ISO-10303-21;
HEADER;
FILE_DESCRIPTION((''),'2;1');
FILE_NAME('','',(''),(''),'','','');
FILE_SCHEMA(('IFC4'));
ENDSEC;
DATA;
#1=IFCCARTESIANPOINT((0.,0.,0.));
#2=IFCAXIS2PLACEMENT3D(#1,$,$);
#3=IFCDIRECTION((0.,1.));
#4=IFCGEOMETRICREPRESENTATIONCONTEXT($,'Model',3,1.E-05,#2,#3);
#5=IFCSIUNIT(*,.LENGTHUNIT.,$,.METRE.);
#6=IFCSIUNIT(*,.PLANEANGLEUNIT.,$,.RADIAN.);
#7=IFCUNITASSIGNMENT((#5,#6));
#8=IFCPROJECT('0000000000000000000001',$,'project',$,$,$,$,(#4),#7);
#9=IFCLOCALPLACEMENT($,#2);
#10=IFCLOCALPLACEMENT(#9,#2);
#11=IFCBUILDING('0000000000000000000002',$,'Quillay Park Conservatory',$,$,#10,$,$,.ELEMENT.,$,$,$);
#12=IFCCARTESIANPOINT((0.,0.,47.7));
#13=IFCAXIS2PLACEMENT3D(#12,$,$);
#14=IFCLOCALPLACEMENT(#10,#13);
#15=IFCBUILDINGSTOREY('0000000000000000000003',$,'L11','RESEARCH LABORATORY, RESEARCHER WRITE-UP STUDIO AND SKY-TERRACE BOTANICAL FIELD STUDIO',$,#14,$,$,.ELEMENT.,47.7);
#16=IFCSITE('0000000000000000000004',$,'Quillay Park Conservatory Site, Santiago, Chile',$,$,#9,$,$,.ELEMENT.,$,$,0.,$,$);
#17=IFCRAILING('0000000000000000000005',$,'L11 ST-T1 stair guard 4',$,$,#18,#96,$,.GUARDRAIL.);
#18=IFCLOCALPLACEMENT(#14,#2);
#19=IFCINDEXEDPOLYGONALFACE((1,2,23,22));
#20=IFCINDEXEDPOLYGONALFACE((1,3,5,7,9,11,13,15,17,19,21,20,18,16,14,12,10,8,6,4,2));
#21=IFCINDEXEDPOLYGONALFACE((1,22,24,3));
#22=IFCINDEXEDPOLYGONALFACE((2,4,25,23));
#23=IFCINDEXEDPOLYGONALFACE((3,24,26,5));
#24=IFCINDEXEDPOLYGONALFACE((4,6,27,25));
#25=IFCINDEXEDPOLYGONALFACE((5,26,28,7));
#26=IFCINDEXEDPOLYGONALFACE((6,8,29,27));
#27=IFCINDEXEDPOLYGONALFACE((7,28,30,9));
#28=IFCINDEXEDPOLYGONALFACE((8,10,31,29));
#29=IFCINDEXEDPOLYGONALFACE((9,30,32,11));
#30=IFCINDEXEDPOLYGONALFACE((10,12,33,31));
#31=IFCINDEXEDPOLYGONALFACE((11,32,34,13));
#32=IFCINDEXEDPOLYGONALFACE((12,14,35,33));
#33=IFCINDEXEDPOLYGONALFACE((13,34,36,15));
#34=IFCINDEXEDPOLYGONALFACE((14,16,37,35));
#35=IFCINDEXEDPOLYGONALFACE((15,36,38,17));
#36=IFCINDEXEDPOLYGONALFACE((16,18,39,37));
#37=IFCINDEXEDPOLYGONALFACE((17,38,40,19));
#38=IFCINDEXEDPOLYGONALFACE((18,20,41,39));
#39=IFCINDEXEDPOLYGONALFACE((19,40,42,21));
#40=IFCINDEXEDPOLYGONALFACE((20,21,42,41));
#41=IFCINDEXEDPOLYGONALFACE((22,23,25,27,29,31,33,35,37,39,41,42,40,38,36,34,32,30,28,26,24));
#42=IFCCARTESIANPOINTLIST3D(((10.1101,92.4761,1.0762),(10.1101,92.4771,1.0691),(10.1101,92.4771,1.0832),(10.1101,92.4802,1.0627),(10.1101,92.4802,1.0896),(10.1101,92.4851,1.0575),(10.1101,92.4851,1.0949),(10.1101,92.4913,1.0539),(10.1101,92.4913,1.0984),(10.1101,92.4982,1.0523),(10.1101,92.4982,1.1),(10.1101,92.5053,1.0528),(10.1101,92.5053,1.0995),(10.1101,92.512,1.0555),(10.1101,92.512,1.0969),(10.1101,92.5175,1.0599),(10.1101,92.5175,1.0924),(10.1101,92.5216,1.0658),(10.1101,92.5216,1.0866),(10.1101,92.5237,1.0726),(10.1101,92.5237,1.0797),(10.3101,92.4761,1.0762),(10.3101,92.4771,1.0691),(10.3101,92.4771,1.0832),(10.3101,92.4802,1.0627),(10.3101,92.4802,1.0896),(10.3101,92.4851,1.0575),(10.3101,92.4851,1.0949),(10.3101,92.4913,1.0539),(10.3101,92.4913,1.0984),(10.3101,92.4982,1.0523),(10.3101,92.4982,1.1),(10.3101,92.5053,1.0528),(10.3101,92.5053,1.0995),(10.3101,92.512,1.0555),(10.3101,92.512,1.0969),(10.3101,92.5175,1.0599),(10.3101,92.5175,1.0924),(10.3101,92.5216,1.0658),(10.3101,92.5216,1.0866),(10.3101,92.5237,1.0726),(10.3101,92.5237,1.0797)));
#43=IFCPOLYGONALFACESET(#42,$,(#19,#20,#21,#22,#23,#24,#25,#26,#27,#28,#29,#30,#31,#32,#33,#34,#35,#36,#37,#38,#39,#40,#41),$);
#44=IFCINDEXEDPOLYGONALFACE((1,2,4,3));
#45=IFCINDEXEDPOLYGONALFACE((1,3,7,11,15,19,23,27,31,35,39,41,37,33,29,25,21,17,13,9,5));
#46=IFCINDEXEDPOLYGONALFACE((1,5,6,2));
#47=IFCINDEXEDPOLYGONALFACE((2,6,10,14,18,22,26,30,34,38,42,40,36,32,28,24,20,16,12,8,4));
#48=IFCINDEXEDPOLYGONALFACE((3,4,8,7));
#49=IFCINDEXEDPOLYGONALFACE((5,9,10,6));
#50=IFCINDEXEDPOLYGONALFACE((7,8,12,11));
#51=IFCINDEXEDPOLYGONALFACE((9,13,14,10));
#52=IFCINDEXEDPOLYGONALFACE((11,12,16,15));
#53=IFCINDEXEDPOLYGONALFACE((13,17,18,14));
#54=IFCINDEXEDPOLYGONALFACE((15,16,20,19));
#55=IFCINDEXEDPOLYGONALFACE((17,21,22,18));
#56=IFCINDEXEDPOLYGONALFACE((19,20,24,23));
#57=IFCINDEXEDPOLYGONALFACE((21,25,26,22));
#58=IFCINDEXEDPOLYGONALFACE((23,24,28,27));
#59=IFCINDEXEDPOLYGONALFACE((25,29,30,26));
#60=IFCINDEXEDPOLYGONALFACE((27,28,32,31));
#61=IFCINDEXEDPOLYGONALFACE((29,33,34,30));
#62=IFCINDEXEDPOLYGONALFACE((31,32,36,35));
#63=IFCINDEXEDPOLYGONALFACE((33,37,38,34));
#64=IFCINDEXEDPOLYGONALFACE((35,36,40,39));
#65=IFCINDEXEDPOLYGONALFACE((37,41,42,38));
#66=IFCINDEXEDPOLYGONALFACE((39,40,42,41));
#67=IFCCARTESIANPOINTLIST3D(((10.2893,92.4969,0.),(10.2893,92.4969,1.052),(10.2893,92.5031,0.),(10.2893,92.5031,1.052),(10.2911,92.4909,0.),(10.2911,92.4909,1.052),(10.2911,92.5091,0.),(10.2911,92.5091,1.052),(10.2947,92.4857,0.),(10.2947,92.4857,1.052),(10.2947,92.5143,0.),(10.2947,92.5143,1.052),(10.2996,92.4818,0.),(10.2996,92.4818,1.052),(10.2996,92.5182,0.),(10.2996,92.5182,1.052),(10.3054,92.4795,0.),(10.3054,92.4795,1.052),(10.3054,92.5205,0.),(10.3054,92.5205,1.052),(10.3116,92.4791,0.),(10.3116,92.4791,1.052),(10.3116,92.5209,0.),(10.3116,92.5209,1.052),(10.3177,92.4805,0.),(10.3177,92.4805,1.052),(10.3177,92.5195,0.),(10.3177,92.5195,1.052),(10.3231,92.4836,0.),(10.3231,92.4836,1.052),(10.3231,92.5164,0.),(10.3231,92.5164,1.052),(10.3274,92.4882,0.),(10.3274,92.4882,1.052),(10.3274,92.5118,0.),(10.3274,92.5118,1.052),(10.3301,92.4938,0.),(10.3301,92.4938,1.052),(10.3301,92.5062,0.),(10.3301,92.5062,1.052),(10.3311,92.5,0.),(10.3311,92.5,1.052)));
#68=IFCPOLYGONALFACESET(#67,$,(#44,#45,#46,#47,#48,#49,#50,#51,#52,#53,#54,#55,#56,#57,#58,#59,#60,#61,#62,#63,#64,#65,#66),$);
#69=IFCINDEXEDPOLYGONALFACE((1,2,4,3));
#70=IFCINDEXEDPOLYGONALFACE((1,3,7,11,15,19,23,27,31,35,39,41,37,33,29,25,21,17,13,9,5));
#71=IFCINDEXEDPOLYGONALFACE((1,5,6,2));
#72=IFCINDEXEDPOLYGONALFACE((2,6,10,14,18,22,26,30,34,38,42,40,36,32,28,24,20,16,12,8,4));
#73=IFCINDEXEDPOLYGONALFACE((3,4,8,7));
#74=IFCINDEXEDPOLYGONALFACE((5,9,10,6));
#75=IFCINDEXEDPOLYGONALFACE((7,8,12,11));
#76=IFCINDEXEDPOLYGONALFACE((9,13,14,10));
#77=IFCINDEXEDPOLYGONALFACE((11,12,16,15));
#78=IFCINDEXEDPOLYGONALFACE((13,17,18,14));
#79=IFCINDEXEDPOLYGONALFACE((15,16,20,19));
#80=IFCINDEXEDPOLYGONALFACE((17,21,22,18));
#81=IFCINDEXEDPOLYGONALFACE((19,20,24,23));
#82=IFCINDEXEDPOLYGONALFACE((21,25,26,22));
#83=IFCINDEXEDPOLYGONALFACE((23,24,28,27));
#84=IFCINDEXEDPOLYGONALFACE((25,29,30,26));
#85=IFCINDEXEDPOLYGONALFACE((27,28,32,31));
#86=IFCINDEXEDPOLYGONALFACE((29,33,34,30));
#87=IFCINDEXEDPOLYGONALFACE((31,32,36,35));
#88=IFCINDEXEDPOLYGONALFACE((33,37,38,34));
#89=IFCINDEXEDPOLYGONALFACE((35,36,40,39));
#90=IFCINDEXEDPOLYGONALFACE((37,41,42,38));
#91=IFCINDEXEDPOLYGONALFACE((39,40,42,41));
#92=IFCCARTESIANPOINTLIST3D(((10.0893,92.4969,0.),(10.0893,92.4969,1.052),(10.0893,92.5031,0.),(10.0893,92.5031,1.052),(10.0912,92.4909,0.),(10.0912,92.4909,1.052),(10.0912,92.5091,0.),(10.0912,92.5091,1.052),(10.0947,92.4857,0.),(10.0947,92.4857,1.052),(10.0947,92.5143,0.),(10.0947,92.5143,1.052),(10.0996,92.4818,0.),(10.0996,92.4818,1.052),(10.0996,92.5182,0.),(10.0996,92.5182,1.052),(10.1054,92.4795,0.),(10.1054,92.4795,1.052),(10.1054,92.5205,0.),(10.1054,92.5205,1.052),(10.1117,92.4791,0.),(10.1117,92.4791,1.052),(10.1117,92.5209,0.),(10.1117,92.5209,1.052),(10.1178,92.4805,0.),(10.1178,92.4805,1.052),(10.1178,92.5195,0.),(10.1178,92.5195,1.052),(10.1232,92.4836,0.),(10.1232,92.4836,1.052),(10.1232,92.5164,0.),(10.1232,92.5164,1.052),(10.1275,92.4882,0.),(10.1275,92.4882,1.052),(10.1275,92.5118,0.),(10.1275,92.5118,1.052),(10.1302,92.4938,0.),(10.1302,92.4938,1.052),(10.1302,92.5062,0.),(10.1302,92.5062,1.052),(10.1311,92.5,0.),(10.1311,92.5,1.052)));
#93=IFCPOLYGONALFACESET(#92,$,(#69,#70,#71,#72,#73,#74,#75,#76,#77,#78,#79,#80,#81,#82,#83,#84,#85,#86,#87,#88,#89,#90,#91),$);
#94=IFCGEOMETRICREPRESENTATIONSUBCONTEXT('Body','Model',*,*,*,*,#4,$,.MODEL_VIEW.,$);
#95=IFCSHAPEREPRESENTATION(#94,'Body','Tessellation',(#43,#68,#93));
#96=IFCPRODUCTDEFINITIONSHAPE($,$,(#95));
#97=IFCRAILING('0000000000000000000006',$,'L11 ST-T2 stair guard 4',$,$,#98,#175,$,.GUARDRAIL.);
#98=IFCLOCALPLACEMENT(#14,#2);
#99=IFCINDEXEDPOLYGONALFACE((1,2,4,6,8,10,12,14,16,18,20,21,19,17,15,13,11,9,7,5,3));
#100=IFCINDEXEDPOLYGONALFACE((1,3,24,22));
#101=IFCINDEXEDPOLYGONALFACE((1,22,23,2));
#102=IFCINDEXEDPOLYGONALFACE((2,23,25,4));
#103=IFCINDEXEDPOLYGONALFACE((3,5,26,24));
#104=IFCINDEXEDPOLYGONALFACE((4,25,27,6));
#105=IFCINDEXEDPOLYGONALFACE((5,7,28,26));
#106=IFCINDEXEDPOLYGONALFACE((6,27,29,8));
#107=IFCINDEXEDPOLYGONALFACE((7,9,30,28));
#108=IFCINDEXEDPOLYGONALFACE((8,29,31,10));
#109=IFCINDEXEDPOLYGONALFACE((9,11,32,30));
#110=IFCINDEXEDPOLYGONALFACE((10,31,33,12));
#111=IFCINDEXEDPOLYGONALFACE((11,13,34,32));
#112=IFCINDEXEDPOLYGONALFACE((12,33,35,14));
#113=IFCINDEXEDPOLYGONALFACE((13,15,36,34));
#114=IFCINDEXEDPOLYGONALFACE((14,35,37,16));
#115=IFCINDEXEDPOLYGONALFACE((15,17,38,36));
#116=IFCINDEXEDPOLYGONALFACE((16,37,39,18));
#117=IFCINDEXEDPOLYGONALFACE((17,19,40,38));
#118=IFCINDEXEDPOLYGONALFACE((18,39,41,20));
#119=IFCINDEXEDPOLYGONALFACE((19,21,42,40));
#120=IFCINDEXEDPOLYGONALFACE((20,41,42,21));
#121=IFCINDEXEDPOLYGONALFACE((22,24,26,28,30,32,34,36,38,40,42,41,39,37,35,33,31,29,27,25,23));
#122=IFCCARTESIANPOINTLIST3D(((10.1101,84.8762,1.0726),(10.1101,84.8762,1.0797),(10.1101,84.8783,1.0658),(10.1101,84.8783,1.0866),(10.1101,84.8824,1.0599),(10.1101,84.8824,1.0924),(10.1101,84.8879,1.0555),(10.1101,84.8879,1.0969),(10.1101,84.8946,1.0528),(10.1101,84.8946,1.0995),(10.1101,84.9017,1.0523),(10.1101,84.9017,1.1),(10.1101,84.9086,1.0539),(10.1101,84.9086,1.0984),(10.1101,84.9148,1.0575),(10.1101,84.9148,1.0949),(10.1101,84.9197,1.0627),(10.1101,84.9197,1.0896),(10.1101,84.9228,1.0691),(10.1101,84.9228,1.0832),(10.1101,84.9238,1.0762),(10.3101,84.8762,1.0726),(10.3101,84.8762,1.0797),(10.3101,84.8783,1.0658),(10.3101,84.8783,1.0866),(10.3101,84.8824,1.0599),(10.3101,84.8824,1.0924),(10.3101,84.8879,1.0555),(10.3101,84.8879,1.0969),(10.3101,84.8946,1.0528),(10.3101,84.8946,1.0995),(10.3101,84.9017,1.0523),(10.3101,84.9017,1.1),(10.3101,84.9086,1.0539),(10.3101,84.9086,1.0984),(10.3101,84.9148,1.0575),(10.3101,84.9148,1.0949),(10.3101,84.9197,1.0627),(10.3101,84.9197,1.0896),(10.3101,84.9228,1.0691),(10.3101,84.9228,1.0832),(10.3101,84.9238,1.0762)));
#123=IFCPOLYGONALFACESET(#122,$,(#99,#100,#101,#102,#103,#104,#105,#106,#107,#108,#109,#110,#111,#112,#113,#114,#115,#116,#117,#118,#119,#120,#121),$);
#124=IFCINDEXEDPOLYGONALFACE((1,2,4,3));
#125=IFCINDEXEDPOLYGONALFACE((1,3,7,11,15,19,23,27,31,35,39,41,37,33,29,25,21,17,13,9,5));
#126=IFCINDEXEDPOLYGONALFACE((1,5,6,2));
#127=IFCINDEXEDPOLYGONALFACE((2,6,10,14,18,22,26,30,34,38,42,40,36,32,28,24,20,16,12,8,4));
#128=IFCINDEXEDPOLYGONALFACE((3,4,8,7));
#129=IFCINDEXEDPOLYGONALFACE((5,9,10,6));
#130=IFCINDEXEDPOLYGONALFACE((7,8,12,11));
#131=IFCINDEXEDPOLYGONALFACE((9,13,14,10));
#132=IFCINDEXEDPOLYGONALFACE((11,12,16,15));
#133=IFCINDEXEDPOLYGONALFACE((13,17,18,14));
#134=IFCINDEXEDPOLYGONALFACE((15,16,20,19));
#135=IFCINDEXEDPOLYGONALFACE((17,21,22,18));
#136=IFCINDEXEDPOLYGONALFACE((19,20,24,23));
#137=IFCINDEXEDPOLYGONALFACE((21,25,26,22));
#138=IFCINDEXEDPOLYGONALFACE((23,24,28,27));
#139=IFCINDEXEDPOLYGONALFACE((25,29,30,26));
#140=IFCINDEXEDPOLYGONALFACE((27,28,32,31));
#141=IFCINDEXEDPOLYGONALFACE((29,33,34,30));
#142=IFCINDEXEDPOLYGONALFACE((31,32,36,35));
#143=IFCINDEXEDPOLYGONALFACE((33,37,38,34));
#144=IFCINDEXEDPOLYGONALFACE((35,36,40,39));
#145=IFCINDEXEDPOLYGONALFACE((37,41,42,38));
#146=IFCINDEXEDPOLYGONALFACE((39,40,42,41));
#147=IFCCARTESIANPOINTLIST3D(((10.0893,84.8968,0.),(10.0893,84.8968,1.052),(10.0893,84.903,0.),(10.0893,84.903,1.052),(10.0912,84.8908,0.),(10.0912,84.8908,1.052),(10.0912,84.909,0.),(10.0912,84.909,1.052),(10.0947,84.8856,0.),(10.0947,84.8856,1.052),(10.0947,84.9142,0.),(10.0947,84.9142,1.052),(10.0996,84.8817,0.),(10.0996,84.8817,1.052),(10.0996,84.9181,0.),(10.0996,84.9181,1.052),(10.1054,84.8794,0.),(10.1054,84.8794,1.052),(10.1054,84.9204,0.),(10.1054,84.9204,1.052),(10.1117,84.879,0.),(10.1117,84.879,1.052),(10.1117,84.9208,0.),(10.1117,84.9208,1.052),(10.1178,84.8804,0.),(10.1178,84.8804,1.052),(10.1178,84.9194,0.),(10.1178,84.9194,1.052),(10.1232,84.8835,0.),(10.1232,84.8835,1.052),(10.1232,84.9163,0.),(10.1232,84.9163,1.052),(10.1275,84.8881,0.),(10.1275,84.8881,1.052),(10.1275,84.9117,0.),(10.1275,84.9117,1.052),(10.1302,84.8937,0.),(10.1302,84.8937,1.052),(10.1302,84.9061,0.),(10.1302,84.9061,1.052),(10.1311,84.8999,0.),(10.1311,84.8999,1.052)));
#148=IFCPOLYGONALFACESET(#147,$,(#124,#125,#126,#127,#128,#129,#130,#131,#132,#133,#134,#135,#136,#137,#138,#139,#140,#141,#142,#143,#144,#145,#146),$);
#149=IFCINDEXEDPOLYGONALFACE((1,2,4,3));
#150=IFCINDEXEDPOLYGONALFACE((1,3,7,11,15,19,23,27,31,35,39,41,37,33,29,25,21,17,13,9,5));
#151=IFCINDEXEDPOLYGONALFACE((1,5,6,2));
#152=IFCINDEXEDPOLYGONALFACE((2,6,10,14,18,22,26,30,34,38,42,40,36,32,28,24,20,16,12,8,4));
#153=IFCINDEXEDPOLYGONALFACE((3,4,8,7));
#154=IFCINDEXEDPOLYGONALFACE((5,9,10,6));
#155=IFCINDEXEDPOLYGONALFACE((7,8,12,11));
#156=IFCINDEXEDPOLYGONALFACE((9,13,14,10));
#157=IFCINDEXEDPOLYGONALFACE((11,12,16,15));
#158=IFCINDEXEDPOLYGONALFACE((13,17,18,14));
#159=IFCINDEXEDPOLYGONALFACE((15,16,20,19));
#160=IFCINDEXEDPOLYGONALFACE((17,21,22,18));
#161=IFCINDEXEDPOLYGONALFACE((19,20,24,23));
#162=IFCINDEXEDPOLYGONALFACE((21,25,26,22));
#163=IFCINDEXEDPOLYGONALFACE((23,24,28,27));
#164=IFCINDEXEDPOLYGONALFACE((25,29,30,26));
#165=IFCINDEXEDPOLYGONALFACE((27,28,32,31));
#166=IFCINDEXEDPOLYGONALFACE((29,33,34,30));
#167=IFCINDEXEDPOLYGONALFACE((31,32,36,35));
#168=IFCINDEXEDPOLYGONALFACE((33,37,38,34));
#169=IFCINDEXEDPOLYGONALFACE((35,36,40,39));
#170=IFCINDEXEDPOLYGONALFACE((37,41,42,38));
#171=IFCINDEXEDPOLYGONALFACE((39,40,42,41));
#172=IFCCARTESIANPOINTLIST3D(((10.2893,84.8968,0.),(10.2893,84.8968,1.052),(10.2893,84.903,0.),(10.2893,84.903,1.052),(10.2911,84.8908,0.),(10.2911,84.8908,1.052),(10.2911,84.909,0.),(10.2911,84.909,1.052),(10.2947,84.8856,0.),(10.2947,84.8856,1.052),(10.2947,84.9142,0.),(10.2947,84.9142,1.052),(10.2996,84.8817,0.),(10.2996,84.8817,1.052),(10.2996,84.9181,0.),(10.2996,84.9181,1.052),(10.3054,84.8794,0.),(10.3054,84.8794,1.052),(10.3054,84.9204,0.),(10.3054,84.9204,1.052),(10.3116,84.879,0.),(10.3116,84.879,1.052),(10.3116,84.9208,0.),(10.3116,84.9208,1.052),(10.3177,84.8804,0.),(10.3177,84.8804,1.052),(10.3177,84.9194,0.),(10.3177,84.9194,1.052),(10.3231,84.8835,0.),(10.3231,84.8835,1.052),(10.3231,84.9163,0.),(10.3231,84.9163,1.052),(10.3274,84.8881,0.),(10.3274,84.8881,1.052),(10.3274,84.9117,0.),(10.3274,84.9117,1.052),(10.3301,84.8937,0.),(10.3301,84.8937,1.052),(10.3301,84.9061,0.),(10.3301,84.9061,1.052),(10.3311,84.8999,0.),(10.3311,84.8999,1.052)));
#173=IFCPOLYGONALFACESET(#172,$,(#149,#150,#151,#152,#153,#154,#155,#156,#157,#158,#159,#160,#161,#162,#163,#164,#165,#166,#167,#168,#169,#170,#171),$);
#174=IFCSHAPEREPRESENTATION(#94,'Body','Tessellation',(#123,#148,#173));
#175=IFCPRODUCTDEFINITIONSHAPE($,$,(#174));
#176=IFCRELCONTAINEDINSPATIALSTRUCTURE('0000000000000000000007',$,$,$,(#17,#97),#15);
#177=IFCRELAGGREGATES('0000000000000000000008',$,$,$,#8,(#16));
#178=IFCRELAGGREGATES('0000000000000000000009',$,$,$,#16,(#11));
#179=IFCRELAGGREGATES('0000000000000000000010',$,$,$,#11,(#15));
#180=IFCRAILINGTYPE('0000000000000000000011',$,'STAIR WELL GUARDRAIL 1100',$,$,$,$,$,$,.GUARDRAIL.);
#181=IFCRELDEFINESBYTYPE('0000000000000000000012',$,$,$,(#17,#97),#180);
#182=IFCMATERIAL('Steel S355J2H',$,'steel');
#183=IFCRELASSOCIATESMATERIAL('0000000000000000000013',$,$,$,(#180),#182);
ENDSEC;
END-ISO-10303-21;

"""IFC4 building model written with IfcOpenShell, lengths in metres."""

from ifc_helpers import new_model, si_unit, direction, frame, origin, origin_2d, place, context, subcontext, project, spatial, circle, extrude, material, type_object, element, save


model = new_model("IFC4")

# Units and contexts
model_context = context("Model", 3, precision=1e-05, world=origin(), true_north=direction((0.0, 1.0)))
body_context = subcontext(model_context, "Body", "Model", "MODEL_VIEW")
ifc_project = project(units=[si_unit("LENGTHUNIT", "METRE"), si_unit("PLANEANGLEUNIT", "RADIAN")], contexts=[model_context])

# Site, building, storey
site_placement = place(None, origin())
site = spatial("IfcSite", under=ifc_project, at=site_placement, Name="Quillay Park Conservatory Site, Santiago, Chile", CompositionType="ELEMENT", RefElevation=0.0)
building_placement = place(site_placement, origin())
building = spatial("IfcBuilding", under=site, at=building_placement, Name="Quillay Park Conservatory", CompositionType="ELEMENT")
storey_placement = place(building_placement, frame((0.0, 0.0, 47.7)))
storey = spatial("IfcBuildingStorey", under=building, at=storey_placement, Name="L11", Description="RESEARCH LABORATORY, RESEARCHER WRITE-UP STUDIO AND SKY-TERRACE BOTANICAL FIELD STUDIO", CompositionType="ELEMENT", Elevation=47.7)

# Railings
ifc_material_1 = material(Name="Steel S355J2H", Category="steel")
railing_type_1 = type_object("IfcRailingType", Name="STAIR WELL GUARDRAIL 1100", PredefinedType="GUARDRAIL", material=ifc_material_1)
railing_1_placement = place(storey_placement, frame((10.3101, 92.5, 0.0)))
element("IfcRailing", 1, at=railing_1_placement, inside=storey, type_object=railing_type_1, Name="L11 ST-T1 stair guard 4", PredefinedType="GUARDRAIL", context=body_context, shape_type="SweptSolid", body=[
    extrude(circle(Radius=0.0239, at=origin_2d()), frame((0.0, 0.0, 1.0762), z_axis=(-1.0, 0.0, 0.0), x_axis=(0.0, -1.0, 0.0)), (0.0, 0.0, 1.0), 0.2),
    extrude(circle(Radius=0.021, at=origin_2d()), origin(), (0.0, 0.0, 1.0), 1.052),
    extrude(circle(Radius=0.021, at=origin_2d()), frame((-0.2, 0.0, 0.0)), (0.0, 0.0, 1.0), 1.052),
])
railing_2_placement = place(storey_placement, frame((10.1101, 84.8999, 0.0)))
element("IfcRailing", 2, at=railing_2_placement, inside=storey, type_object=railing_type_1, Name="L11 ST-T2 stair guard 4", PredefinedType="GUARDRAIL", context=body_context, shape_type="SweptSolid", body=[
    extrude(circle(Radius=0.0239, at=origin_2d()), frame((0.0, 0.0, 1.0762), z_axis=(1.0, 0.0, 0.0), x_axis=(0.0, 1.0, 0.0)), (0.0, 0.0, 1.0), 0.2),
    extrude(circle(Radius=0.021, at=origin_2d()), origin(), (0.0, 0.0, 1.0), 1.052),
    extrude(circle(Radius=0.021, at=origin_2d()), frame((0.2, 0.0, 0.0)), (0.0, 0.0, 1.0), 1.052),
])

save(model, "model.ifc")
